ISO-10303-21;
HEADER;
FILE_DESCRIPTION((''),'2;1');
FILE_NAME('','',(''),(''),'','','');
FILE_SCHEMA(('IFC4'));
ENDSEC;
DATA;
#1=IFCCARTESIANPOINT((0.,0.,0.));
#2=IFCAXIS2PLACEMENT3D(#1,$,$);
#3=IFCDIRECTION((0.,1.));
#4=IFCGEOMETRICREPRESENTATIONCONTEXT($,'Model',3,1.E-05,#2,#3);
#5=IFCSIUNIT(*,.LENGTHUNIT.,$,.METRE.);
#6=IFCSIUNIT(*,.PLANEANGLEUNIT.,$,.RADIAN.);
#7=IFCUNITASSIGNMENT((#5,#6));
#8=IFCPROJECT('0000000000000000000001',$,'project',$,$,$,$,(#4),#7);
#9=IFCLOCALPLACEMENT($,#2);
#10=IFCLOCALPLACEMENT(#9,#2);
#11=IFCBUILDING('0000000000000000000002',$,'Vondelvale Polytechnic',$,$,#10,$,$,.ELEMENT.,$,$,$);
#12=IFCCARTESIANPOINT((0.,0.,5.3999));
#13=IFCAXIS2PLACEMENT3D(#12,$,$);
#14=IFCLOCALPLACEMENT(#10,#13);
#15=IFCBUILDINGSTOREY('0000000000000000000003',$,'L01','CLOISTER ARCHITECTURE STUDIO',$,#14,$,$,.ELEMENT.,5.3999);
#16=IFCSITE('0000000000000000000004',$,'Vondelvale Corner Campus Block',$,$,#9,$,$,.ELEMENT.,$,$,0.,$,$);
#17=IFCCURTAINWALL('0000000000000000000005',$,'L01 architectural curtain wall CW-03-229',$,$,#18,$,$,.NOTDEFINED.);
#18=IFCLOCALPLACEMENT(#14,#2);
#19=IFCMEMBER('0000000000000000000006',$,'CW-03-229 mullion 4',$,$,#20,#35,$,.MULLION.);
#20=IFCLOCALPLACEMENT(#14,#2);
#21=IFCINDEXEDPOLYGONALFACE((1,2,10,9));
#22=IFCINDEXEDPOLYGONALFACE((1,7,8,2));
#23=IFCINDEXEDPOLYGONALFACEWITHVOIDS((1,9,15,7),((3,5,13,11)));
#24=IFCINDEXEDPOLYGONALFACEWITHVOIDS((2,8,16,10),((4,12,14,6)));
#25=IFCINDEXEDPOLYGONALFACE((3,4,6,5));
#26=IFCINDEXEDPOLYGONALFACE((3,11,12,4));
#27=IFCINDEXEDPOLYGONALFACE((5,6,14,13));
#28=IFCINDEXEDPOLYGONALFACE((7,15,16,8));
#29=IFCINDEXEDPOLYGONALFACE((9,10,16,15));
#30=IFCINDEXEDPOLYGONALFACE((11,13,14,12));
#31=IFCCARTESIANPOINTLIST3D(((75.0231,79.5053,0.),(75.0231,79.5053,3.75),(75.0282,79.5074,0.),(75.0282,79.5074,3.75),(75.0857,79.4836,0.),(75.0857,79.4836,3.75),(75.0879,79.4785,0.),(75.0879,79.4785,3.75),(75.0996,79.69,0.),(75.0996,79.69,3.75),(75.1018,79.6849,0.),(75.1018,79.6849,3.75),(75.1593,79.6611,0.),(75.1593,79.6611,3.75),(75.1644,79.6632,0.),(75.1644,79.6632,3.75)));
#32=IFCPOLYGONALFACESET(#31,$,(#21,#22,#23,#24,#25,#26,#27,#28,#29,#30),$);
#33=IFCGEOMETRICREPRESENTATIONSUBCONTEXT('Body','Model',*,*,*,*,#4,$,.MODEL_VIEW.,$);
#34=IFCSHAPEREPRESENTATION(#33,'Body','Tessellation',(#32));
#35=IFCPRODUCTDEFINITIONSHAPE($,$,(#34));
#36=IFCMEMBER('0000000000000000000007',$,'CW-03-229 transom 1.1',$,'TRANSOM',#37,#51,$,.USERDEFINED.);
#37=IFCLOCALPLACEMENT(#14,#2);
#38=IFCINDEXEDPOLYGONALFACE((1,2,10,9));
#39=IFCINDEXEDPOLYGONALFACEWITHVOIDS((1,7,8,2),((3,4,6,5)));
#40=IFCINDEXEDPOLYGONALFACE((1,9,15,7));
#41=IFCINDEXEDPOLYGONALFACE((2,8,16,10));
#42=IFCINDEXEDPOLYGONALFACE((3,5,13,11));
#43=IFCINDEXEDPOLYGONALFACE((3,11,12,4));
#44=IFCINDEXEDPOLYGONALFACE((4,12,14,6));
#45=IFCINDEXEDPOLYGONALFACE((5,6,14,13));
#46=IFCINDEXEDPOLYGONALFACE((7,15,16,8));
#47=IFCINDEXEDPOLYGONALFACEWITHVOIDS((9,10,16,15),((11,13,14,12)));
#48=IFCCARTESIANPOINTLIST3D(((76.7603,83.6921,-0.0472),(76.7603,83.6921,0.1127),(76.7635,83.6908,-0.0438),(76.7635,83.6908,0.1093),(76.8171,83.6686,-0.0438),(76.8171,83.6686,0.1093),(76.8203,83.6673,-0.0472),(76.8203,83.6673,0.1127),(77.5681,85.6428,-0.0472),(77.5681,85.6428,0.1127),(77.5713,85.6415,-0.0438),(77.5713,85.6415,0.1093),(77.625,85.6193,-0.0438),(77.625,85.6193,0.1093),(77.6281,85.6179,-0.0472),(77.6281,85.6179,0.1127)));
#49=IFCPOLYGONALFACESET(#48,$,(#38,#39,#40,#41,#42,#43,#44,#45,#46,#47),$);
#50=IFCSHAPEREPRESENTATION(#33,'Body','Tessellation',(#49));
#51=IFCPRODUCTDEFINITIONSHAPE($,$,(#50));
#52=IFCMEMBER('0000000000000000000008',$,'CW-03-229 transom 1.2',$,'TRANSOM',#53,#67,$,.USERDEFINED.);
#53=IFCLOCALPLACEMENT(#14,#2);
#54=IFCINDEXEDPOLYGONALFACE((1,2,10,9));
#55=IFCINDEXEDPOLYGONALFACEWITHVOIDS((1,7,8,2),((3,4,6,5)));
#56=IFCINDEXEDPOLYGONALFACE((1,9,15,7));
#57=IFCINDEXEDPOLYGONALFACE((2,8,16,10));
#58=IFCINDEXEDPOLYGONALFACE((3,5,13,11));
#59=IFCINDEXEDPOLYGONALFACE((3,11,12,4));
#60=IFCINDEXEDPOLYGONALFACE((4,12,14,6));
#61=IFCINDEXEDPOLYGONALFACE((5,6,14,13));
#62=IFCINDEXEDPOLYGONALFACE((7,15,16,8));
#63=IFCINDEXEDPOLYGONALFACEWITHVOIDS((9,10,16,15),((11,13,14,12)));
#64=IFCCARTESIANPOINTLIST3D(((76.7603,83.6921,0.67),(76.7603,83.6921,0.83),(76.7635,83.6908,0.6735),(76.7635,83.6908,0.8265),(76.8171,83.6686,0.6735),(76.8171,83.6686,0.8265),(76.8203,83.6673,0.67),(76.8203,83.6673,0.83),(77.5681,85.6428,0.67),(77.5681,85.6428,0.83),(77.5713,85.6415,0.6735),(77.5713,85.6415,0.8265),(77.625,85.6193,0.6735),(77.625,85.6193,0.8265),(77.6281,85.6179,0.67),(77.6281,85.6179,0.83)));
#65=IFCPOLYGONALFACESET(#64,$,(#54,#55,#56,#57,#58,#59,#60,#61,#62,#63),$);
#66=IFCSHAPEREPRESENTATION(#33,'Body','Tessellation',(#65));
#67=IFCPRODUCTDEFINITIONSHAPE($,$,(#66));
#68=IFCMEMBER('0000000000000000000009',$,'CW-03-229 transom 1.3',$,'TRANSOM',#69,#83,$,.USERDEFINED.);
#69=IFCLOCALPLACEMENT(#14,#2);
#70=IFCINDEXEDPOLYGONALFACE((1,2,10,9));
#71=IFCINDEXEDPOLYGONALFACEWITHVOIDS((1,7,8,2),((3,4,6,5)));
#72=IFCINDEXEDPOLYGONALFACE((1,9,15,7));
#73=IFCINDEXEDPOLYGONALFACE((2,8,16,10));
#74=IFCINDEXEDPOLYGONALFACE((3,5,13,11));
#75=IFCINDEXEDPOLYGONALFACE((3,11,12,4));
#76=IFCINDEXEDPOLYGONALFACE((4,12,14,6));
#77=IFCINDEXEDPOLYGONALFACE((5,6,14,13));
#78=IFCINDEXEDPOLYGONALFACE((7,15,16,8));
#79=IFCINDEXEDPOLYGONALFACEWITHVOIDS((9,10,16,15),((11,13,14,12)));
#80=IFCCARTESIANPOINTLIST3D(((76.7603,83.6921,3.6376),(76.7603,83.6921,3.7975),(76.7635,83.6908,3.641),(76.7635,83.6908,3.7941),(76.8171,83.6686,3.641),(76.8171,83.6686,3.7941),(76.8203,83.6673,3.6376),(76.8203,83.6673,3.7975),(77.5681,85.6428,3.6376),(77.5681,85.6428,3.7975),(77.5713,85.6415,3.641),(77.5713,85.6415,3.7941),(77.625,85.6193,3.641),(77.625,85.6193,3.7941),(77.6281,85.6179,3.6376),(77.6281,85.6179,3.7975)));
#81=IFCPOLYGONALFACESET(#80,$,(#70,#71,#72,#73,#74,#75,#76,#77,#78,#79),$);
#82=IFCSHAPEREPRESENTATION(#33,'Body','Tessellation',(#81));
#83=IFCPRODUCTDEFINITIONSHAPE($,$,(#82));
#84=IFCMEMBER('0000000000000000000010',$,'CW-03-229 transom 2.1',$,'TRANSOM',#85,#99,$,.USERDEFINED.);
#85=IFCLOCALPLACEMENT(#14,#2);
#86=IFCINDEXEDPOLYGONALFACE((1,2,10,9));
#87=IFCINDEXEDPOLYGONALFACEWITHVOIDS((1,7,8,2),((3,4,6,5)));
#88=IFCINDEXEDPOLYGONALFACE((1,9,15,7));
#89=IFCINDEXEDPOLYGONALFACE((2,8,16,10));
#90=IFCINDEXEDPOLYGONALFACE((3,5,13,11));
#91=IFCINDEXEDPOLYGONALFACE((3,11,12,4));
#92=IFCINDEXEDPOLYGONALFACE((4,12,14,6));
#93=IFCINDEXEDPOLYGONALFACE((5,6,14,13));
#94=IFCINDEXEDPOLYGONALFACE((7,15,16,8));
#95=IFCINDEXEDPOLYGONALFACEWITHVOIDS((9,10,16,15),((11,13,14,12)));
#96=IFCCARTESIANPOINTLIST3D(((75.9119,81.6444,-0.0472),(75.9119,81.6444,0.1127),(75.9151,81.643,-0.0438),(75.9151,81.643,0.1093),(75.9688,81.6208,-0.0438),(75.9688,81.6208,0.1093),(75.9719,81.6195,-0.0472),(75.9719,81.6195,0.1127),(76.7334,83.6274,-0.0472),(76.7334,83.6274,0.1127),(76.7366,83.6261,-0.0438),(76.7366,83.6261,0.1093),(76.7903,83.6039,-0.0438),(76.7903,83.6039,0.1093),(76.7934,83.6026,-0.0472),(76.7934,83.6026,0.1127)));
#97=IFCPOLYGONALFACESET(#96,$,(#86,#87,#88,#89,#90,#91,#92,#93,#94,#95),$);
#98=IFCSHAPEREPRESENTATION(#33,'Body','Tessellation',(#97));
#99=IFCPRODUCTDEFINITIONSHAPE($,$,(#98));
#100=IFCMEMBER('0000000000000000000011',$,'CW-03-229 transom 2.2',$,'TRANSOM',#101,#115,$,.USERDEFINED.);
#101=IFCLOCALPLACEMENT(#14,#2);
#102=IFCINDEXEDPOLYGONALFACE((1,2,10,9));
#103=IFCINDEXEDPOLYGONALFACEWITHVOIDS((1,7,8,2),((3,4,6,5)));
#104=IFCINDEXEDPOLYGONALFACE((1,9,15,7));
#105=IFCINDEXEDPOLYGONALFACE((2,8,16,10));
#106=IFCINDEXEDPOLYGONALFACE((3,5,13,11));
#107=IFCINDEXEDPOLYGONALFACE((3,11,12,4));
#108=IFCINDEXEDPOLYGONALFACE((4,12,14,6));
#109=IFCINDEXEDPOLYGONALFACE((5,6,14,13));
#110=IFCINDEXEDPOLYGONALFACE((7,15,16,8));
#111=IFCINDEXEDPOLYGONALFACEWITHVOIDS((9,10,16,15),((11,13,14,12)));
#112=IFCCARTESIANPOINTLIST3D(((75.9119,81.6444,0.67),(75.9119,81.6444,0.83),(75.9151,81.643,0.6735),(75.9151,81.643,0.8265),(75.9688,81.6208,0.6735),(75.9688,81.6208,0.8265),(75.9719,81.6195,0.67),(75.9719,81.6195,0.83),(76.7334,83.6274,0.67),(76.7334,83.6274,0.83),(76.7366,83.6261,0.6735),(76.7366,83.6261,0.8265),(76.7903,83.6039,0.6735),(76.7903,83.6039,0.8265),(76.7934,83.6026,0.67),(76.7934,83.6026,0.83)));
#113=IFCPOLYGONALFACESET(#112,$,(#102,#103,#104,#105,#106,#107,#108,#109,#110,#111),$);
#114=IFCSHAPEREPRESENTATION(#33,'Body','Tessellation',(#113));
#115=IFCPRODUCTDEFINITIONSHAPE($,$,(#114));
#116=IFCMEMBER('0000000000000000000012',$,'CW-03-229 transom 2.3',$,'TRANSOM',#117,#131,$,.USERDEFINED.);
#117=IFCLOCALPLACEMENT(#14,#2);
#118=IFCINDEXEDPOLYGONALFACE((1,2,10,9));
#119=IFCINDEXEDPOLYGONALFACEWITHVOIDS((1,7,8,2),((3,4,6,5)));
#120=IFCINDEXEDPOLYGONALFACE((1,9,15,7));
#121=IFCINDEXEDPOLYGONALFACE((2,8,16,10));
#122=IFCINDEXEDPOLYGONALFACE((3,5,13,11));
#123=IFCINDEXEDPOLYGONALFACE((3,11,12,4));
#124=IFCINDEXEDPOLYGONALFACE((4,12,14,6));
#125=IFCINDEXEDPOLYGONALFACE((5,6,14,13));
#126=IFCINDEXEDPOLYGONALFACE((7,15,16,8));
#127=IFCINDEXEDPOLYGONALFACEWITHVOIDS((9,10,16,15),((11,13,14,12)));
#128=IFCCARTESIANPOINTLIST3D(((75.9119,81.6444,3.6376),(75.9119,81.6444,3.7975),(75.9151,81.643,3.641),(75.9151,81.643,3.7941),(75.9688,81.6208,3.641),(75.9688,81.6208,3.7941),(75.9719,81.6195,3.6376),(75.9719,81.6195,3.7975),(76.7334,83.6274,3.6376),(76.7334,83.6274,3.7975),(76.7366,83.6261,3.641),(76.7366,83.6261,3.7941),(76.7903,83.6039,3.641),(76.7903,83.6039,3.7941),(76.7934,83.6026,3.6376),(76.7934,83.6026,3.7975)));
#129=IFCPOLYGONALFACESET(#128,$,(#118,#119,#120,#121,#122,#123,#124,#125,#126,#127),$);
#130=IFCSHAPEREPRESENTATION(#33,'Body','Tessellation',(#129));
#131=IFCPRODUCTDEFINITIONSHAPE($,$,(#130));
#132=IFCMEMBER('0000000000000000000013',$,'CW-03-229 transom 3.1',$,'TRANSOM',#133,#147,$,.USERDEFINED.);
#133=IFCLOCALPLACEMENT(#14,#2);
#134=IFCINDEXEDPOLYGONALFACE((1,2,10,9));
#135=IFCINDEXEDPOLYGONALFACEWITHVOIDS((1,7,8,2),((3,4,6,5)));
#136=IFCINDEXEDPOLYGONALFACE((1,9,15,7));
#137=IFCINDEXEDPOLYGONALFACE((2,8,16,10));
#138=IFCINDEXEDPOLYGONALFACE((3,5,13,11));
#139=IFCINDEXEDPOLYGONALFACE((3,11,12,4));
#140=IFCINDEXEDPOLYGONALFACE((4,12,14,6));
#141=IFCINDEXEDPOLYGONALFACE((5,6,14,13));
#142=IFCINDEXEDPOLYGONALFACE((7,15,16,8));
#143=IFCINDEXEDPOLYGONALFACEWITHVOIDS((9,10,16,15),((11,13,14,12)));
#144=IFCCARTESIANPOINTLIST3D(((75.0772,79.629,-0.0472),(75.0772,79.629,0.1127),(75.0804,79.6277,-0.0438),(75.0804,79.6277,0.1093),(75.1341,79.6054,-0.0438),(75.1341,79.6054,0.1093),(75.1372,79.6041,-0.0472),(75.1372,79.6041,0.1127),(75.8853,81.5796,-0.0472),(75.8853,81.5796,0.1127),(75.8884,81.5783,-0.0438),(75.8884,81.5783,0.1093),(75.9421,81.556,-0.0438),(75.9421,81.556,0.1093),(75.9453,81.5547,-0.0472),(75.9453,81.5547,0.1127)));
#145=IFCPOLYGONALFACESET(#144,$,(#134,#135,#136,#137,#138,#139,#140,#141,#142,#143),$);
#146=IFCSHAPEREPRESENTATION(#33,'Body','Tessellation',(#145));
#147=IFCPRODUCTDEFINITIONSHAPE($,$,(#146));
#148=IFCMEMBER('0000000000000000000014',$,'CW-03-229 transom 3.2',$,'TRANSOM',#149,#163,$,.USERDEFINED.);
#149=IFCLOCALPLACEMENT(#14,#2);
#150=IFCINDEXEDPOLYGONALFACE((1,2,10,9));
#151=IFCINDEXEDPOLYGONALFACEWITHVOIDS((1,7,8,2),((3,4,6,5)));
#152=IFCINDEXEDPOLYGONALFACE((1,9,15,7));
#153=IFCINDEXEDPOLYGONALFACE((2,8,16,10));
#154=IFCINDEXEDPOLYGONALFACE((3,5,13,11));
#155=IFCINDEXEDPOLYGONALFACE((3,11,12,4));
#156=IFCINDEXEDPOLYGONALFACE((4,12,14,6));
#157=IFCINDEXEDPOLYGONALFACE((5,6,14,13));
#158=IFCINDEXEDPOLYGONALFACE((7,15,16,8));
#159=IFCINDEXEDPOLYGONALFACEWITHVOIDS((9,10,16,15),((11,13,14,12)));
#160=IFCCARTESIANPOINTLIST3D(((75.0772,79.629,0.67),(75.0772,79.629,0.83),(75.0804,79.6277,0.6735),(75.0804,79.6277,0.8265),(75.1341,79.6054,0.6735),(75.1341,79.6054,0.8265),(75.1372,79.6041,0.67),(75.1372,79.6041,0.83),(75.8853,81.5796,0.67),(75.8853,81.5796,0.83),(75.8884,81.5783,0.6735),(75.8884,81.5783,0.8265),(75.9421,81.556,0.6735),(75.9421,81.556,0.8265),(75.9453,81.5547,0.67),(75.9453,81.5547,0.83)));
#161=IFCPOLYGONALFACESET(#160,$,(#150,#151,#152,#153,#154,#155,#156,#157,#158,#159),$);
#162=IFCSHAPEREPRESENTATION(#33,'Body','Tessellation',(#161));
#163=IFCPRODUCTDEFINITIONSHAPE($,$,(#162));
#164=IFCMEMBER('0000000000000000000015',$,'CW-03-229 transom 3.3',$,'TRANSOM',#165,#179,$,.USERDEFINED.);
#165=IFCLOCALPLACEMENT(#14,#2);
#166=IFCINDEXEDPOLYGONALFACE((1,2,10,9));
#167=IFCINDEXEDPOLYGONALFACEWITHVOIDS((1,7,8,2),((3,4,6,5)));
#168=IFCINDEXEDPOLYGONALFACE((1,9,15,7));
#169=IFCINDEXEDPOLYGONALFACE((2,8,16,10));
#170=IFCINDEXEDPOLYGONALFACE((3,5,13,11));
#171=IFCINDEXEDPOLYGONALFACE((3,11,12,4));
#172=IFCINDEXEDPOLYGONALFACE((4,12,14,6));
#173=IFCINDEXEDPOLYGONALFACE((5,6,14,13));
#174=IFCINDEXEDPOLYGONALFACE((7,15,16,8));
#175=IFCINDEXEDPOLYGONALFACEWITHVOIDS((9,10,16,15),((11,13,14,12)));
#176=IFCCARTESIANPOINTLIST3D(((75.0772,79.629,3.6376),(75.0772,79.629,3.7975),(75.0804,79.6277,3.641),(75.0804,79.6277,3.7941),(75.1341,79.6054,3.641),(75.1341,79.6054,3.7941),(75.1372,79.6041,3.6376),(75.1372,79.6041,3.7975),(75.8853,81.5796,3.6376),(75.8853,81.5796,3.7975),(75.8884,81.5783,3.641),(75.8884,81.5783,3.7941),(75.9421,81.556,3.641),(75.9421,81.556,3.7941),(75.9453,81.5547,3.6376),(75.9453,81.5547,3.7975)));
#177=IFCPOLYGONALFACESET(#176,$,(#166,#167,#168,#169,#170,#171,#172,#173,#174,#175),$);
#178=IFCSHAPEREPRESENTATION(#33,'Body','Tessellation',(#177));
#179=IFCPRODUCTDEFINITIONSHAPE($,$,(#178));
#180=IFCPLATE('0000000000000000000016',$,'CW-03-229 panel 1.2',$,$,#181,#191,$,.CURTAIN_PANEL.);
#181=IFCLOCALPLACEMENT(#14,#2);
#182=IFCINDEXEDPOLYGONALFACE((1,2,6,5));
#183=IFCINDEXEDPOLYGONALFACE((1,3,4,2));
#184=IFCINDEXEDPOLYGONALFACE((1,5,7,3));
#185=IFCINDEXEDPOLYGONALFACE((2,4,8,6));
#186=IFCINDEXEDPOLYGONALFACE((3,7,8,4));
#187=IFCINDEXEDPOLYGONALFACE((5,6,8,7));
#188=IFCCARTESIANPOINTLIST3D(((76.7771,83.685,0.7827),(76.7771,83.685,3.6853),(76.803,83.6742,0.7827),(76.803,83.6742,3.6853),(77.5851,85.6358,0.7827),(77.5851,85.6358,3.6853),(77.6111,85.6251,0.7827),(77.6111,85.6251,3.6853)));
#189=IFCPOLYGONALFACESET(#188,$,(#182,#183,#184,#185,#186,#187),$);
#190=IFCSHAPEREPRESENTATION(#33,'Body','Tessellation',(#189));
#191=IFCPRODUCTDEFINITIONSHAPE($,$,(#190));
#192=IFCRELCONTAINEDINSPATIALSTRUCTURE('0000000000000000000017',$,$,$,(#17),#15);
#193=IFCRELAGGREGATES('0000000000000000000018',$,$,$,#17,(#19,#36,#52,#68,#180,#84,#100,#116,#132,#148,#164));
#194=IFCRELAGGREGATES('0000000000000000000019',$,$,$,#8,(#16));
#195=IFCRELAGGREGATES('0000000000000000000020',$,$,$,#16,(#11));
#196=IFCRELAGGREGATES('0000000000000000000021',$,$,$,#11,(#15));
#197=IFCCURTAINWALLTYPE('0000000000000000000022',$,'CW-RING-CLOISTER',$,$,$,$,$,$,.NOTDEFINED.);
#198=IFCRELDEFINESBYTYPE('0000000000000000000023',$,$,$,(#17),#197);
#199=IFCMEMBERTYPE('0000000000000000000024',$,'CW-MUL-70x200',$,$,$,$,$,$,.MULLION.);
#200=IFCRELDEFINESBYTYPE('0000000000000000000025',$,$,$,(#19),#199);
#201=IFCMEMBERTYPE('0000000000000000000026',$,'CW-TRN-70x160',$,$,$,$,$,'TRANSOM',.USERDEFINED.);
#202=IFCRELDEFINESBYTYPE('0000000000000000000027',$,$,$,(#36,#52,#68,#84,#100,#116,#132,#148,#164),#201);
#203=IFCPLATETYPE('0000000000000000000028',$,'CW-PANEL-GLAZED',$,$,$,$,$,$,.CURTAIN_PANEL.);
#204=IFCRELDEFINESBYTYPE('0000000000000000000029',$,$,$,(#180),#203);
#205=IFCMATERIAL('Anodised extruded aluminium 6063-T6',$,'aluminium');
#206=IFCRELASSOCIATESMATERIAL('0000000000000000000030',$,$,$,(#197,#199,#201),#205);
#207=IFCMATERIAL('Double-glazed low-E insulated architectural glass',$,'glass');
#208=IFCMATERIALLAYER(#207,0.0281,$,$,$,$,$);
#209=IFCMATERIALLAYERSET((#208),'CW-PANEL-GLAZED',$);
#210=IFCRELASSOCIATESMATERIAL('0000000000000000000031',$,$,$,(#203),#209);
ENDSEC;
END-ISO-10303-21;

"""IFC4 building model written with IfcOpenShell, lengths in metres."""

from ifc_helpers import new_model, si_unit, direction, frame, origin, origin_2d, place, context, subcontext, project, spatial, rectangle, hollow_rectangle, extrude, material, layer, layer_set, material_profile, profile_set, type_object, element, aggregate, save


model = new_model("IFC4")

# Units and contexts
model_context = context("Model", 3, precision=1e-05, world=origin(), true_north=direction((0.0, 1.0)))
body_context = subcontext(model_context, "Body", "Model", "MODEL_VIEW")
ifc_project = project(units=[si_unit("LENGTHUNIT", "METRE"), si_unit("PLANEANGLEUNIT", "RADIAN")], contexts=[model_context])

# Site, building, storey
site_placement = place(None, origin())
site = spatial("IfcSite", under=ifc_project, at=site_placement, Name="Vondelvale Corner Campus Block", CompositionType="ELEMENT", RefElevation=0.0)
building_placement = place(site_placement, origin())
building = spatial("IfcBuilding", under=site, at=building_placement, Name="Vondelvale Polytechnic", CompositionType="ELEMENT")
storey_placement = place(building_placement, frame((0.0, 0.0, 5.3999)))
storey = spatial("IfcBuildingStorey", under=building, at=storey_placement, Name="L01", Description="CLOISTER ARCHITECTURE STUDIO", CompositionType="ELEMENT", Elevation=5.3999)

# Curtain wall, members, plate
ifc_material_1 = material(Name="Anodised extruded aluminium 6063-T6", Category="aluminium")
curtain_wall_type = type_object("IfcCurtainWallType", Name="CW-RING-CLOISTER", PredefinedType="NOTDEFINED", material=ifc_material_1)
curtain_wall_placement = place(storey_placement, origin())
curtain_wall = element("IfcCurtainWall", 1, at=curtain_wall_placement, inside=storey, type_object=curtain_wall_type, Name="L01 architectural curtain wall CW-03-229", PredefinedType="NOTDEFINED")
ifc_material_profile_1 = material_profile(ifc_material_1, hollow_rectangle(XDim=0.0701, YDim=0.2, WallThickness=0.0039, at=origin_2d()), Name="CW-MUL-200x70")
ifc_profile_set_1 = profile_set([ifc_material_profile_1], Name="Anodised extruded aluminium 6063-T6")
member_type_1 = type_object("IfcMemberType", Name="CW-MUL-70x200", PredefinedType="MULLION", material=ifc_profile_set_1)
member_1_placement = place(storey_placement, frame((75.0938, 79.5842, 0.0), z_axis=(0.0, 0.0, 1.0), x_axis=(0.923882, -0.382679, 0.0)))
member_1 = element("IfcMember", 2, at=member_1_placement, type_object=member_type_1, Name="CW-03-229 mullion 4", PredefinedType="MULLION", context=body_context, shape_type="SweptSolid", body=[
    extrude(hollow_rectangle(XDim=0.0701, YDim=0.2, WallThickness=0.0039, at=origin_2d()), origin(), (0.0, 0.0, 1.0), 3.75),
])
ifc_material_profile_2 = material_profile(ifc_material_1, hollow_rectangle(XDim=0.0649, YDim=0.1599, WallThickness=0.0034, at=origin_2d()), Name="CW-TRN-160x65")
ifc_profile_set_2 = profile_set([ifc_material_profile_2], Name="Anodised extruded aluminium 6063-T6")
member_type_2 = type_object("IfcMemberType", Name="CW-TRN-70x160", ElementType="TRANSOM", PredefinedType="USERDEFINED", material=ifc_profile_set_2)
member_2_placement = place(storey_placement, frame((77.5981, 85.6304, 0.0327), z_axis=(-0.382628, -0.923903, 0.0), x_axis=(0.923903, -0.382628, 0.0)))
member_2 = element("IfcMember", 3, at=member_2_placement, type_object=member_type_2, Name="CW-03-229 transom 1.1", ObjectType="TRANSOM", PredefinedType="USERDEFINED", context=body_context, shape_type="SweptSolid", body=[
    extrude(hollow_rectangle(XDim=0.0649, YDim=0.1599, WallThickness=0.0034, at=origin_2d()), origin(), (0.0, 0.0, 1.0), 2.1113),
])
member_3_placement = place(storey_placement, frame((77.5981, 85.6304, 0.75), z_axis=(-0.382628, -0.923903, 0.0), x_axis=(0.923903, -0.382628, 0.0)))
member_3 = element("IfcMember", 4, at=member_3_placement, type_object=member_type_2, Name="CW-03-229 transom 1.2", ObjectType="TRANSOM", PredefinedType="USERDEFINED", context=body_context, shape_type="SweptSolid", body=[
    extrude(hollow_rectangle(XDim=0.0649, YDim=0.1599, WallThickness=0.0034, at=origin_2d()), origin(), (0.0, 0.0, 1.0), 2.1113),
])
member_4_placement = place(storey_placement, frame((77.5981, 85.6304, 3.7175), z_axis=(-0.382628, -0.923903, 0.0), x_axis=(0.923903, -0.382628, 0.0)))
member_4 = element("IfcMember", 5, at=member_4_placement, type_object=member_type_2, Name="CW-03-229 transom 1.3", ObjectType="TRANSOM", PredefinedType="USERDEFINED", context=body_context, shape_type="SweptSolid", body=[
    extrude(hollow_rectangle(XDim=0.0649, YDim=0.1599, WallThickness=0.0034, at=origin_2d()), origin(), (0.0, 0.0, 1.0), 2.1113),
])
member_5_placement = place(storey_placement, frame((76.7634, 83.615, 0.0327), z_axis=(-0.382717, -0.923866, 0.0), x_axis=(0.923866, -0.382717, 0.0)))
member_5 = element("IfcMember", 6, at=member_5_placement, type_object=member_type_2, Name="CW-03-229 transom 2.1", ObjectType="TRANSOM", PredefinedType="USERDEFINED", context=body_context, shape_type="SweptSolid", body=[
    extrude(hollow_rectangle(XDim=0.0649, YDim=0.1599, WallThickness=0.0034, at=origin_2d()), origin(), (0.0, 0.0, 1.0), 2.1465),
])
member_6_placement = place(storey_placement, frame((76.7634, 83.615, 0.75), z_axis=(-0.382717, -0.923866, 0.0), x_axis=(0.923866, -0.382717, 0.0)))
member_6 = element("IfcMember", 7, at=member_6_placement, type_object=member_type_2, Name="CW-03-229 transom 2.2", ObjectType="TRANSOM", PredefinedType="USERDEFINED", context=body_context, shape_type="SweptSolid", body=[
    extrude(hollow_rectangle(XDim=0.0649, YDim=0.1599, WallThickness=0.0034, at=origin_2d()), origin(), (0.0, 0.0, 1.0), 2.1465),
])
member_7_placement = place(storey_placement, frame((76.7634, 83.615, 3.7175), z_axis=(-0.382717, -0.923866, 0.0), x_axis=(0.923866, -0.382717, 0.0)))
member_7 = element("IfcMember", 8, at=member_7_placement, type_object=member_type_2, Name="CW-03-229 transom 2.3", ObjectType="TRANSOM", PredefinedType="USERDEFINED", context=body_context, shape_type="SweptSolid", body=[
    extrude(hollow_rectangle(XDim=0.0649, YDim=0.1599, WallThickness=0.0034, at=origin_2d()), origin(), (0.0, 0.0, 1.0), 2.1465),
])
member_8_placement = place(storey_placement, frame((75.9153, 81.5671, 0.0327), z_axis=(-0.382726, -0.923862, 0.0), x_axis=(0.923862, -0.382726, 0.0)))
member_8 = element("IfcMember", 9, at=member_8_placement, type_object=member_type_2, Name="CW-03-229 transom 3.1", ObjectType="TRANSOM", PredefinedType="USERDEFINED", context=body_context, shape_type="SweptSolid", body=[
    extrude(hollow_rectangle(XDim=0.0649, YDim=0.1599, WallThickness=0.0034, at=origin_2d()), origin(), (0.0, 0.0, 1.0), 2.1113),
])
member_9_placement = place(storey_placement, frame((75.9153, 81.5671, 0.75), z_axis=(-0.382726, -0.923862, 0.0), x_axis=(0.923862, -0.382726, 0.0)))
member_9 = element("IfcMember", 10, at=member_9_placement, type_object=member_type_2, Name="CW-03-229 transom 3.2", ObjectType="TRANSOM", PredefinedType="USERDEFINED", context=body_context, shape_type="SweptSolid", body=[
    extrude(hollow_rectangle(XDim=0.0649, YDim=0.1599, WallThickness=0.0034, at=origin_2d()), origin(), (0.0, 0.0, 1.0), 2.1113),
])
member_10_placement = place(storey_placement, frame((75.9153, 81.5671, 3.7175), z_axis=(-0.382726, -0.923862, 0.0), x_axis=(0.923862, -0.382726, 0.0)))
member_10 = element("IfcMember", 11, at=member_10_placement, type_object=member_type_2, Name="CW-03-229 transom 3.3", ObjectType="TRANSOM", PredefinedType="USERDEFINED", context=body_context, shape_type="SweptSolid", body=[
    extrude(hollow_rectangle(XDim=0.0649, YDim=0.1599, WallThickness=0.0034, at=origin_2d()), origin(), (0.0, 0.0, 1.0), 2.1113),
])
ifc_material_2 = material(Name="Double-glazed low-E insulated architectural glass", Category="glass")
ifc_layer_1 = layer(ifc_material_2, 0.0281)
ifc_layer_set_1 = layer_set([ifc_layer_1], Name="CW-PANEL-GLAZED")
plate_type_1 = type_object("IfcPlateType", Name="CW-PANEL-GLAZED", PredefinedType="CURTAIN_PANEL", material=ifc_layer_set_1)
plate_1_placement = place(storey_placement, frame((77.1941, 84.655, 0.7827), z_axis=(0.0, 0.0, 1.0), x_axis=(-0.382679, -0.923882, 0.0)))
plate_1 = element("IfcPlate", 12, at=plate_1_placement, type_object=plate_type_1, Name="CW-03-229 panel 1.2", PredefinedType="CURTAIN_PANEL", context=body_context, shape_type="SweptSolid", body=[
    extrude(rectangle(XDim=2.1116, YDim=0.0281, at=origin_2d()), origin(), (0.0, 0.0, 1.0), 2.9026),
])
aggregate(curtain_wall, [member_1, member_2, member_3, member_4, plate_1, member_5, member_6, member_7, member_8, member_9, member_10])

save(model, "model.ifc")
